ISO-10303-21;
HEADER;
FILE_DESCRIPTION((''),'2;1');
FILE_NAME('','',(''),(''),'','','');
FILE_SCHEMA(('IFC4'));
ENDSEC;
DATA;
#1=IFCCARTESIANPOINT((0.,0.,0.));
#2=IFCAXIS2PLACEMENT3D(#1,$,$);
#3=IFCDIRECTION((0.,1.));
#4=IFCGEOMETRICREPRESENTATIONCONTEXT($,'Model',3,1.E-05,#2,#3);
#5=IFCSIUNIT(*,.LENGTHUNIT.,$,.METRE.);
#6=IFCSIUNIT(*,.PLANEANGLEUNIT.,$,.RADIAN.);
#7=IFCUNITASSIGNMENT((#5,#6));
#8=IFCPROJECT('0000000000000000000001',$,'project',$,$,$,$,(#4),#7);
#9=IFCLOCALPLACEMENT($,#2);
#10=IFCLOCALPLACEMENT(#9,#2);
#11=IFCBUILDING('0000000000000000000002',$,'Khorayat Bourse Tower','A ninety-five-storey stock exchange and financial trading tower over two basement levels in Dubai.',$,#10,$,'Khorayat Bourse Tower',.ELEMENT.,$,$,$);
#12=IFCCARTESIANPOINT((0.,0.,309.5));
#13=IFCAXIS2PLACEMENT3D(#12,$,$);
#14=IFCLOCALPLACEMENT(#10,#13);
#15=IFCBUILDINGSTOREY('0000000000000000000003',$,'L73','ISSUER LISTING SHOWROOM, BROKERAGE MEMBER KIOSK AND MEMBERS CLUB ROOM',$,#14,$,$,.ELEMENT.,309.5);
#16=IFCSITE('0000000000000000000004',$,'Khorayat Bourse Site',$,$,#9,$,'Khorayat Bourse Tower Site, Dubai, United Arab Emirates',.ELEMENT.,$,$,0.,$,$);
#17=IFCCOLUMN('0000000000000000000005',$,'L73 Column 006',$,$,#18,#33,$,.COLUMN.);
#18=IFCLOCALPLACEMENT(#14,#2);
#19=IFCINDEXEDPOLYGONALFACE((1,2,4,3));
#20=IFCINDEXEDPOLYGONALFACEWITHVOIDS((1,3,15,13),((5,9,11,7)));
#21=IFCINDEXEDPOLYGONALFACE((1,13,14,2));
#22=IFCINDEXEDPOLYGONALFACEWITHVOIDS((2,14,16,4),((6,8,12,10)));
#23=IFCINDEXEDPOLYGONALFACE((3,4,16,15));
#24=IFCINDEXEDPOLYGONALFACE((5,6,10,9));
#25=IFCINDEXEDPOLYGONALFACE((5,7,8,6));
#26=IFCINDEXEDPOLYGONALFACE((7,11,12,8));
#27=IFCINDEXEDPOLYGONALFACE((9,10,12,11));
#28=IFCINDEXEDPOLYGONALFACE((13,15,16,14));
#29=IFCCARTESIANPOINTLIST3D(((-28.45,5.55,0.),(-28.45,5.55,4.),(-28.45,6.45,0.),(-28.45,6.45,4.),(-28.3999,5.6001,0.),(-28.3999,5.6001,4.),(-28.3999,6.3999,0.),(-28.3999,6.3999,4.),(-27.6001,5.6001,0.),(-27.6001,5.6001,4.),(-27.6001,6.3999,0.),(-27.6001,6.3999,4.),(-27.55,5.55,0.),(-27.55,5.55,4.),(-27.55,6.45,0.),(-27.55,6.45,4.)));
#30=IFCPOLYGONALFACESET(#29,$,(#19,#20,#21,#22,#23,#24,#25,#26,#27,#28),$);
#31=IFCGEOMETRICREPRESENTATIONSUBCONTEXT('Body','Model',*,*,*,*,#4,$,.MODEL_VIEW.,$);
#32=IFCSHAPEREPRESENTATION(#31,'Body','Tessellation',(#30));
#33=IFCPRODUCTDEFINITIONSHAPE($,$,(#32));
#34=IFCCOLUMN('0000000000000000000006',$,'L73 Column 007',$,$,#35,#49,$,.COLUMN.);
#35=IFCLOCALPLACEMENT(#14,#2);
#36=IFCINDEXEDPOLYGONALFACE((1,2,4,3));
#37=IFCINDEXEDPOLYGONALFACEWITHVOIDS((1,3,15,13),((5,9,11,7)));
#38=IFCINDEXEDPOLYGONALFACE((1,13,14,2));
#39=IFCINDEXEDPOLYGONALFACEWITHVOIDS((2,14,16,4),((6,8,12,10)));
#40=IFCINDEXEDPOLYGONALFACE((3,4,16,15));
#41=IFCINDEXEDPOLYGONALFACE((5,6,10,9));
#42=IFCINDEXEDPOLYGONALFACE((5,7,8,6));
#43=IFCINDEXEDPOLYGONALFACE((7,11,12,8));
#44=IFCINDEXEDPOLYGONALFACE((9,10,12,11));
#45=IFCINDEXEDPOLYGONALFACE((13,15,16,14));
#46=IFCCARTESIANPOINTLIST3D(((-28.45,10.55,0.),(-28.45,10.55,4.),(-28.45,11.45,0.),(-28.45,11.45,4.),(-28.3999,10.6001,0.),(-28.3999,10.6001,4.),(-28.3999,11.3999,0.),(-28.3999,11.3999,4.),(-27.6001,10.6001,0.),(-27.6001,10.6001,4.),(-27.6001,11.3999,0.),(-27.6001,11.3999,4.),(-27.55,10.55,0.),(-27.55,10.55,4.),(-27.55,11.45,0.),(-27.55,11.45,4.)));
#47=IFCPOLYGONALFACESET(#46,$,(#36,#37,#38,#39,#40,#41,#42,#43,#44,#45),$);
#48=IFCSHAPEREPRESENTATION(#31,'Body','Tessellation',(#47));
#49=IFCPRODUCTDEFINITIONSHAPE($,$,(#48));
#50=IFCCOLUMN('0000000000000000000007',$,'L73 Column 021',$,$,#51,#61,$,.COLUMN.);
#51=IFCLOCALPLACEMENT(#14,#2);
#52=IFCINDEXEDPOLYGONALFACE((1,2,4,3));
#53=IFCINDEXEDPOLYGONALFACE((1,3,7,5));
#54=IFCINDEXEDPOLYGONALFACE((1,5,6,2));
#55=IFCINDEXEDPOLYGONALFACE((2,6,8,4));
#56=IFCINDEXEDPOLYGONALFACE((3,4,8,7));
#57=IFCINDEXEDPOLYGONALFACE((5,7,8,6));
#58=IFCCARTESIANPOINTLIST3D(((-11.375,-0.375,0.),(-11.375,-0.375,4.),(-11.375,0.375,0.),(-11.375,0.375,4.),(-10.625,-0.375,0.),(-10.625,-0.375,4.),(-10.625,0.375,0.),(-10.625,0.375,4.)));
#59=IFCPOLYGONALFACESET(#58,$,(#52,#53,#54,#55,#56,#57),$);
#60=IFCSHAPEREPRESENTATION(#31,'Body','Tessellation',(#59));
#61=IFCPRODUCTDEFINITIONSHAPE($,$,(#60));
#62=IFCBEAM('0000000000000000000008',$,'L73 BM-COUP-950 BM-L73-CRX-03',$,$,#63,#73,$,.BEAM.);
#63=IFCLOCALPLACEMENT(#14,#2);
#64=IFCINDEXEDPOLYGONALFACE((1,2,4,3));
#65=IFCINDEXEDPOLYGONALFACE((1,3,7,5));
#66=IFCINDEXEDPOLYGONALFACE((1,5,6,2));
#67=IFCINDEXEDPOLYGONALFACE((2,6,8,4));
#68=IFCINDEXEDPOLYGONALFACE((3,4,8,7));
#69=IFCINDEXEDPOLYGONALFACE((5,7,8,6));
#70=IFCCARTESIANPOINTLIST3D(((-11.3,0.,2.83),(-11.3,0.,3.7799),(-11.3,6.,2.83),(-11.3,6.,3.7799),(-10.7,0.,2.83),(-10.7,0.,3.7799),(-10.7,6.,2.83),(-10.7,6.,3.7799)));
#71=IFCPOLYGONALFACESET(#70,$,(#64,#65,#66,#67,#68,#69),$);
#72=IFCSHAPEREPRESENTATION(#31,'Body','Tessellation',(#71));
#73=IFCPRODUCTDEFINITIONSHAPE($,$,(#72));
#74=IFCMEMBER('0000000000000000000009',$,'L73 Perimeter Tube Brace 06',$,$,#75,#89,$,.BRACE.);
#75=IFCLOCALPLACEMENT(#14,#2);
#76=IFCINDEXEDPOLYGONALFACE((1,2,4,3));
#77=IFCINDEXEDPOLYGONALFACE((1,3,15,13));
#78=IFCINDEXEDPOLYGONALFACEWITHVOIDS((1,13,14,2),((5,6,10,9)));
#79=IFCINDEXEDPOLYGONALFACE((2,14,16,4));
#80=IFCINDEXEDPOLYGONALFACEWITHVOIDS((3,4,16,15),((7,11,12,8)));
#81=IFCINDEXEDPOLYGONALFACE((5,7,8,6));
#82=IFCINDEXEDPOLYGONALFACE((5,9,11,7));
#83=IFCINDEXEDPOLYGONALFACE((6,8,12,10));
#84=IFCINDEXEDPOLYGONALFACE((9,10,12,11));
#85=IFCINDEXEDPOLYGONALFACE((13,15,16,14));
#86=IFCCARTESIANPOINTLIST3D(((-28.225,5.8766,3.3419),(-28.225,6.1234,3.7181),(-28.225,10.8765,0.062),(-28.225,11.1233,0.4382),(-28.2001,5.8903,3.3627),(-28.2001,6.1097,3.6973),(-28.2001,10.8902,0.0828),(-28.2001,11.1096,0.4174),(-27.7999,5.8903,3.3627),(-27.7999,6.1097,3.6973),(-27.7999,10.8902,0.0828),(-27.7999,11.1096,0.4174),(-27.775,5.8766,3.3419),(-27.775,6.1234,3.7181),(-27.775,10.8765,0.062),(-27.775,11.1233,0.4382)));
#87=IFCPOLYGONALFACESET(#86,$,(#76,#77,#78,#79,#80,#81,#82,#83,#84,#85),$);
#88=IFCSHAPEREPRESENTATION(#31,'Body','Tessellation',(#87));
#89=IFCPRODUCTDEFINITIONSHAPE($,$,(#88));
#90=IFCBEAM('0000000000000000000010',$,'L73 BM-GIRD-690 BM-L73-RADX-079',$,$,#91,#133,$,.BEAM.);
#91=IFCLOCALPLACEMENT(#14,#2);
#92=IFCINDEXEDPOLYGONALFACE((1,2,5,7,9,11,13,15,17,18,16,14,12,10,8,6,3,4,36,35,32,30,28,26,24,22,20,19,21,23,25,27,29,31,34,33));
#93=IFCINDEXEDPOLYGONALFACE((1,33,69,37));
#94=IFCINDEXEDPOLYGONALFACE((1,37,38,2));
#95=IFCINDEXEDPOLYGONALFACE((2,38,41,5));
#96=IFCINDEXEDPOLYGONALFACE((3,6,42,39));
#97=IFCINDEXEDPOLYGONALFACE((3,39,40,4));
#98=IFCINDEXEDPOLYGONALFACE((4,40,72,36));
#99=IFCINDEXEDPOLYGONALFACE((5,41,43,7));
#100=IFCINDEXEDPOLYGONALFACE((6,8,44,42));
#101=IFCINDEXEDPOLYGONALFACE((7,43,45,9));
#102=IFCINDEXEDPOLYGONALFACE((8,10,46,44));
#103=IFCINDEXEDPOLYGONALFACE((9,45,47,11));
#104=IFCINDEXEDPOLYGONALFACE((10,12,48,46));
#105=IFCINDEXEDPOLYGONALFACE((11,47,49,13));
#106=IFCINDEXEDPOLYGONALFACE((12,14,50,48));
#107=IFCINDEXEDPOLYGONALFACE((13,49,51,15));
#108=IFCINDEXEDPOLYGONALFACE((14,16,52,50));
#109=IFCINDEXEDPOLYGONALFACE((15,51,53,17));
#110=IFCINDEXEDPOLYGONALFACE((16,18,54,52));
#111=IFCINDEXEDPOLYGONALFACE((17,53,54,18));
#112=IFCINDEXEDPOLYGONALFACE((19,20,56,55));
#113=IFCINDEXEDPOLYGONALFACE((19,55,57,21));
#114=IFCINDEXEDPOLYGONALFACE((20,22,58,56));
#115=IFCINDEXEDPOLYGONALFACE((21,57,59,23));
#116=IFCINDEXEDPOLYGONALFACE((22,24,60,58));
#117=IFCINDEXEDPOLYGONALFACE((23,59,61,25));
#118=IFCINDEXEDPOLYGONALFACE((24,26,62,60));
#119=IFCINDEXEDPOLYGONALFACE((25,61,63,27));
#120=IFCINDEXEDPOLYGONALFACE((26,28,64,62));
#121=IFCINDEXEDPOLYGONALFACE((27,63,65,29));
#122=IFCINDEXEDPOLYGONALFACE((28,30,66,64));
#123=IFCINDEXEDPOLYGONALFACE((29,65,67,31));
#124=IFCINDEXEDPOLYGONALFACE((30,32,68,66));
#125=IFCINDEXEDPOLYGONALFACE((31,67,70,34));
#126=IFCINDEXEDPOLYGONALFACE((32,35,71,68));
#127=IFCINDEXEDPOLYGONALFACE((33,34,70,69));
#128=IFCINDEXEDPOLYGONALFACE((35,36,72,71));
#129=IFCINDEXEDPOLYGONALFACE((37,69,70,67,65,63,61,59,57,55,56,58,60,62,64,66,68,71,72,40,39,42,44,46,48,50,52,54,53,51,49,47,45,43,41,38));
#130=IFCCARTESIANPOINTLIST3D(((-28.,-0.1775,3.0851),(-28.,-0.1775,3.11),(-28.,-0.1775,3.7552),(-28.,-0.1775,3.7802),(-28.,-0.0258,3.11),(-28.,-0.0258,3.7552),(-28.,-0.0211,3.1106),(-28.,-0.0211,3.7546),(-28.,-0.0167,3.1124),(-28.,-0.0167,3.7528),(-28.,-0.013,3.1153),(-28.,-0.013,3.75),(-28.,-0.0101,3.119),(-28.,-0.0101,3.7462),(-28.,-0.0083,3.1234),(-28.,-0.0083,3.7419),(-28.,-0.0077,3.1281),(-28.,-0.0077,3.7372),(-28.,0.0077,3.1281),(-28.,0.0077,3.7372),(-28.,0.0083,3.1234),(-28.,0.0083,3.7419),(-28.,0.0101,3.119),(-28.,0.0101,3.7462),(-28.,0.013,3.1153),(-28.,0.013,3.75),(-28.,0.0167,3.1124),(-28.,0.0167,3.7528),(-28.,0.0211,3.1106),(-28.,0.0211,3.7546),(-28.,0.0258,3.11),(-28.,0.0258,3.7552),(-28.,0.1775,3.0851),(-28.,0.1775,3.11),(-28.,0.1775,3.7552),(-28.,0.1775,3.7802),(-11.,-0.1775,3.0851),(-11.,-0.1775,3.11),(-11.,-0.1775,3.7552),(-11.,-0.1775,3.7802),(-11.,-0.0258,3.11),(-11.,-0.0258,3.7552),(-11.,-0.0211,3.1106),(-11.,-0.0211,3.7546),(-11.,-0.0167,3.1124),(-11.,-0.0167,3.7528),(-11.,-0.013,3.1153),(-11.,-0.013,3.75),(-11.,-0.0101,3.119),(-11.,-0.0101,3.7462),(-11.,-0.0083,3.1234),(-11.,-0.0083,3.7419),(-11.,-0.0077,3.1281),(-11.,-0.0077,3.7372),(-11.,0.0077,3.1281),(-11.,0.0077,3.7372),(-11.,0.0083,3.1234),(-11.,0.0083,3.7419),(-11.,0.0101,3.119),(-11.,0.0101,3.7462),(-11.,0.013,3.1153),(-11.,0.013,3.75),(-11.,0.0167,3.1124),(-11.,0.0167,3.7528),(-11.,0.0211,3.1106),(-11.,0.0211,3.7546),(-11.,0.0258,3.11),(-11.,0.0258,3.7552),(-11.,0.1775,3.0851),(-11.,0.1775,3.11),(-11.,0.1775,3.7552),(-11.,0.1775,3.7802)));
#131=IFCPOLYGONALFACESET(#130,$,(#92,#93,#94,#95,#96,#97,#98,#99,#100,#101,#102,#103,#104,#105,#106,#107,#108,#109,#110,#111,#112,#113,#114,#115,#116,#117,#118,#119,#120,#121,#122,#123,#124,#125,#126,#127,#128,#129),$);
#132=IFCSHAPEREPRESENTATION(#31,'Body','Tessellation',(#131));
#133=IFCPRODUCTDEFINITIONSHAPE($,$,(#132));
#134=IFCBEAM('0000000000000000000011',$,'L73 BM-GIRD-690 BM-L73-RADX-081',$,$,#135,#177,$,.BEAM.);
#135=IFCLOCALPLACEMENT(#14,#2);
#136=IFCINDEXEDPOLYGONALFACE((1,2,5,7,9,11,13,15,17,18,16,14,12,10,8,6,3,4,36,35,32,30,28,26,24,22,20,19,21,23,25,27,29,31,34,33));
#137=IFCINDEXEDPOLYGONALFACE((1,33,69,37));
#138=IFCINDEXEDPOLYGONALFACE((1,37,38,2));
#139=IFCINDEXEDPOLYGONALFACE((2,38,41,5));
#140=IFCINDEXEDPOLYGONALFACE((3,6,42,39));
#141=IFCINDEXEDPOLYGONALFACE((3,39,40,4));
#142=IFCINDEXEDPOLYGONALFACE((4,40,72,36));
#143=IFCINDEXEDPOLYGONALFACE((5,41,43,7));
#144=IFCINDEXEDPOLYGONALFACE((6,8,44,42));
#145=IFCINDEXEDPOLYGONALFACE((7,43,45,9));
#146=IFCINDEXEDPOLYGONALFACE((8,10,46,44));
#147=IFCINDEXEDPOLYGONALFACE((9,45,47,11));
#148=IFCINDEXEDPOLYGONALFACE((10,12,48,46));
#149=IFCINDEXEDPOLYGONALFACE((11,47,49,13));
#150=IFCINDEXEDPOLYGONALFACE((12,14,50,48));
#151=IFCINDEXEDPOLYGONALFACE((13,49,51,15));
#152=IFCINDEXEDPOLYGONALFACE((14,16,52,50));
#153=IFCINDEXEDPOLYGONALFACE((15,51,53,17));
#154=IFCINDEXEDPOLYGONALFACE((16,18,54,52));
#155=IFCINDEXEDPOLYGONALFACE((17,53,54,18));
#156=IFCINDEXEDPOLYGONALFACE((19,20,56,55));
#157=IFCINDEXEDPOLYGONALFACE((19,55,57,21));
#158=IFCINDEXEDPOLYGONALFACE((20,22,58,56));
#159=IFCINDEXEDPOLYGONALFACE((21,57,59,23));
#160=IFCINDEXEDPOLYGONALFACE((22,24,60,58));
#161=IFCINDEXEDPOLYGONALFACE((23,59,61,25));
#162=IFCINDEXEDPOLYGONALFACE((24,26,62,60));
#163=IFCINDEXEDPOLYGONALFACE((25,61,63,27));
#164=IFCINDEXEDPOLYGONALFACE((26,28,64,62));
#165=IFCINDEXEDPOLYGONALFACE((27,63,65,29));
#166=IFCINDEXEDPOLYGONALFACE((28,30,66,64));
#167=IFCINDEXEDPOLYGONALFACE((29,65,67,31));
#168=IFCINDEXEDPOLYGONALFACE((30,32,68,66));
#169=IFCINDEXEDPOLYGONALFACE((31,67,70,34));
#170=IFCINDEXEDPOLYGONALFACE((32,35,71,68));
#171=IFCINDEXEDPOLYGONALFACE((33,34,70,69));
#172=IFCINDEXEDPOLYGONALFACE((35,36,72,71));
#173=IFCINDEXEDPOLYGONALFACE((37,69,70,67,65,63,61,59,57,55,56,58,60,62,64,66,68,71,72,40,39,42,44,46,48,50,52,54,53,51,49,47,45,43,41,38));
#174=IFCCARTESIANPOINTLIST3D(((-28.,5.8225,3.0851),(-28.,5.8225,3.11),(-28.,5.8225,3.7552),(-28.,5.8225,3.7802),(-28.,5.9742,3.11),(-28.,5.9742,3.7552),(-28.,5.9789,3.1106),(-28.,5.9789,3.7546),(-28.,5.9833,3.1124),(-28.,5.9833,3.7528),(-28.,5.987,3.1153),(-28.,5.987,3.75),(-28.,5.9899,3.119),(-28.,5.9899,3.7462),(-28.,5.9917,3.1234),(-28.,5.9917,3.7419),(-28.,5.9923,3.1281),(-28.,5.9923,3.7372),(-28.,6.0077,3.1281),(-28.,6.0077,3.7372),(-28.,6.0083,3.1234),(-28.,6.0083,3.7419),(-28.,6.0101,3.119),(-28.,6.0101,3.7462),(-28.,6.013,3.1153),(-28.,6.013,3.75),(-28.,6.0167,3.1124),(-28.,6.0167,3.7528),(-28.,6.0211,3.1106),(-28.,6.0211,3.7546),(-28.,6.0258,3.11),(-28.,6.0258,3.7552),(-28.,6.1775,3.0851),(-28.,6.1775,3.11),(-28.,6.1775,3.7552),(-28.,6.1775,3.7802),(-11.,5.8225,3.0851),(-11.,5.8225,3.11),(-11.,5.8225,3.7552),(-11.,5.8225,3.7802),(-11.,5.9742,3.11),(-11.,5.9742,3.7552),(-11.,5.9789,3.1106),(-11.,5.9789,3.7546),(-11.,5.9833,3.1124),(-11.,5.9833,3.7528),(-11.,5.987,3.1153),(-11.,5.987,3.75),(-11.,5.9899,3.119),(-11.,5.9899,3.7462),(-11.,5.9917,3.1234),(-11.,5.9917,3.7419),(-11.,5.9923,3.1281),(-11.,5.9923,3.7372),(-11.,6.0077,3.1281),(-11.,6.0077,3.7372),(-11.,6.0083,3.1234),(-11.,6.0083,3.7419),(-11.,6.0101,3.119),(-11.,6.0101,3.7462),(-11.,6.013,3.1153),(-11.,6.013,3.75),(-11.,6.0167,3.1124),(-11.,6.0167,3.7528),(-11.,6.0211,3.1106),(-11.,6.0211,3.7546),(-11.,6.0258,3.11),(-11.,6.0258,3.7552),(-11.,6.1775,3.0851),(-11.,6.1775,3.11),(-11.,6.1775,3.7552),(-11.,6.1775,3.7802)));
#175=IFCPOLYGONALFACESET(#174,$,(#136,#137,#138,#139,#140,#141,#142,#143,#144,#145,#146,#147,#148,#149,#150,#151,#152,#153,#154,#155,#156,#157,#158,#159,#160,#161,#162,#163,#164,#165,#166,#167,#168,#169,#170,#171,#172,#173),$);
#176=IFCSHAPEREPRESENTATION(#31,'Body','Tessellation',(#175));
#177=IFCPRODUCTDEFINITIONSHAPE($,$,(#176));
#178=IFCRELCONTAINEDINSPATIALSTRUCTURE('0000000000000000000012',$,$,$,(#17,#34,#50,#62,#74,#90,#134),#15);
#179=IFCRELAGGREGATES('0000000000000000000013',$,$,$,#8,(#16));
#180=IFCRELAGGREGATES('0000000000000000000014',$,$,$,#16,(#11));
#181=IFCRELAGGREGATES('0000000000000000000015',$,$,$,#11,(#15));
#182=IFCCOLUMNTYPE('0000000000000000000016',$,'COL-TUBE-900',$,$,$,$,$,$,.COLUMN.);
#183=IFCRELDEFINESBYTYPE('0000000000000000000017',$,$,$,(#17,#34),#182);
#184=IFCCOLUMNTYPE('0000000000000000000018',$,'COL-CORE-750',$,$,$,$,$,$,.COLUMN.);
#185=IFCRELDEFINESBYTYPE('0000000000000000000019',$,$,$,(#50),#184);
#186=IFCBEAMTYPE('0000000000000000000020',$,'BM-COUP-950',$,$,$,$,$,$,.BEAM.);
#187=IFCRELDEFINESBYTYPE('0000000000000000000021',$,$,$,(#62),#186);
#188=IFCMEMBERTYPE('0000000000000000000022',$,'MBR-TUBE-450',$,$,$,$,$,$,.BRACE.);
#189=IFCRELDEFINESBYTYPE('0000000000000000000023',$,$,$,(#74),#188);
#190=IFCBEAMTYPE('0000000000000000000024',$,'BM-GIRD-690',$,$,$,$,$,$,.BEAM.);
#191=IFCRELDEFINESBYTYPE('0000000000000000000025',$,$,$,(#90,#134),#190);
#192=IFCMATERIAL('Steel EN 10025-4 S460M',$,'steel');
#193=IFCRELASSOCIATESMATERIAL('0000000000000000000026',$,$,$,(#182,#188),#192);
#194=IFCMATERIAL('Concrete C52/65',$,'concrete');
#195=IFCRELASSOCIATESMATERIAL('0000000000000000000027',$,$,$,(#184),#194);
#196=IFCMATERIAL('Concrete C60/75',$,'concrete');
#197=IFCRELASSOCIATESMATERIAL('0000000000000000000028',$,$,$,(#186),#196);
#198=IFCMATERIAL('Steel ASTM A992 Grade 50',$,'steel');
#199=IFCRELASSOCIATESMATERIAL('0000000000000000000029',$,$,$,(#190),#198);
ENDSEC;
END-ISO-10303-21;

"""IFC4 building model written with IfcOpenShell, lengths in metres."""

from ifc_helpers import new_model, si_unit, direction, frame, origin, origin_2d, place, context, subcontext, project, spatial, rectangle, hollow_rectangle, i_section, extrude, source, transform, mapped, material, material_profile, profile_set, type_object, element, save


model = new_model("IFC4")

# Units and contexts
model_context = context("Model", 3, precision=1e-05, world=origin(), true_north=direction((0.0, 1.0)))
body_context = subcontext(model_context, "Body", "Model", "MODEL_VIEW")
ifc_project = project(units=[si_unit("LENGTHUNIT", "METRE"), si_unit("PLANEANGLEUNIT", "RADIAN")], contexts=[model_context])

# Site, building, storey
site_placement = place(None, origin())
site = spatial("IfcSite", under=ifc_project, at=site_placement, Name="Khorayat Bourse Site", LongName="Khorayat Bourse Tower Site, Dubai, United Arab Emirates", CompositionType="ELEMENT", RefElevation=0.0)
building_placement = place(site_placement, origin())
building = spatial("IfcBuilding", under=site, at=building_placement, Name="Khorayat Bourse Tower", Description="A ninety-five-storey stock exchange and financial trading tower over two basement levels in Dubai.", LongName="Khorayat Bourse Tower", CompositionType="ELEMENT")
storey_placement = place(building_placement, frame((0.0, 0.0, 309.5)))
storey = spatial("IfcBuildingStorey", under=building, at=storey_placement, Name="L73", Description="ISSUER LISTING SHOWROOM, BROKERAGE MEMBER KIOSK AND MEMBERS CLUB ROOM", CompositionType="ELEMENT", Elevation=309.5)

# Columns
ifc_material_1 = material(Name="Steel EN 10025-4 S460M", Category="steel")
ifc_material_profile_1 = material_profile(ifc_material_1, hollow_rectangle(XDim=0.8999, YDim=0.8999, WallThickness=0.05, at=origin_2d()), Name="BOX 900x900x50")
ifc_profile_set_1 = profile_set([ifc_material_profile_1], Name="Steel EN 10025-4 S460M")
column_type_1 = type_object("IfcColumnType", Name="COL-TUBE-900", PredefinedType="COLUMN", material=ifc_profile_set_1)
shared_shape_1 = source(origin(), body_context, "Body", "SweptSolid", [
    extrude(hollow_rectangle(XDim=0.8999, YDim=0.8999, WallThickness=0.05, at=origin_2d()), origin(), (0.0, 0.0, 1.0), 4.0),
])
for number, where, z_axis, x_axis, name in (
    (1, (-28.0, 6.0, 0.0), (0.0, 0.0, 1.0), (1.0, 0.0, 0.0), "L73 Column 006"),
    (2, (-28.0, 11.0, 0.0), (0.0, 0.0, 1.0), (1.0, 0.0, 0.0), "L73 Column 007"),
):
    element("IfcColumn", number, at=place(storey_placement, frame(where, z_axis=z_axis, x_axis=x_axis)), inside=storey, type_object=column_type_1, Name=name, PredefinedType="COLUMN", context=body_context, shape_type="MappedRepresentation", body=[
        mapped(shared_shape_1, transform((0.0, 0.0, 0.0), scale=1.0)),
    ])
ifc_material_2 = material(Name="Concrete C52/65", Category="concrete")
ifc_material_profile_2 = material_profile(ifc_material_2, rectangle(XDim=0.75, YDim=0.75, at=origin_2d()), Name="RC 750x750")
ifc_profile_set_2 = profile_set([ifc_material_profile_2], Name="Concrete C52/65")
column_type_2 = type_object("IfcColumnType", Name="COL-CORE-750", PredefinedType="COLUMN", material=ifc_profile_set_2)
shared_shape_2 = source(origin(), body_context, "Body", "SweptSolid", [
    extrude(rectangle(XDim=0.75, YDim=0.75, at=origin_2d()), origin(), (0.0, 0.0, 1.0), 4.0),
])
column_placement = place(storey_placement, frame((-11.0, 0.0, 0.0), z_axis=(0.0, 0.0, 1.0), x_axis=(1.0, 0.0, 0.0)))
element("IfcColumn", 3, at=column_placement, inside=storey, type_object=column_type_2, Name="L73 Column 021", PredefinedType="COLUMN", context=body_context, shape_type="MappedRepresentation", body=[
    mapped(shared_shape_2, transform((0.0, 0.0, 0.0), scale=1.0)),
])

# Beam
ifc_material_3 = material(Name="Concrete C60/75", Category="concrete")
ifc_material_profile_3 = material_profile(ifc_material_3, rectangle(XDim=0.6001, YDim=0.95, at=origin_2d()), Name="RC 600x950")
ifc_profile_set_3 = profile_set([ifc_material_profile_3], Name="Concrete C60/75")
beam_type_1 = type_object("IfcBeamType", Name="BM-COUP-950", PredefinedType="BEAM", material=ifc_profile_set_3)
shared_shape_3 = source(origin(), body_context, "Body", "SweptSolid", [
    extrude(rectangle(XDim=0.6001, YDim=0.95, at=origin_2d()), origin(), (0.0, 0.0, 1.0), 6.0),
])
beam_1_placement = place(storey_placement, frame((-11.0, 0.0, 3.3049), z_axis=(0.0, 1.0, 0.0), x_axis=(-1.0, 0.0, 0.0)))
element("IfcBeam", 4, at=beam_1_placement, inside=storey, type_object=beam_type_1, Name="L73 BM-COUP-950 BM-L73-CRX-03", PredefinedType="BEAM", context=body_context, shape_type="MappedRepresentation", body=[
    mapped(shared_shape_3, transform((0.0, 0.0, 0.0), scale=1.0)),
])

# Member
ifc_material_profile_4 = material_profile(ifc_material_1, hollow_rectangle(XDim=0.45, YDim=0.45, WallThickness=0.0249, at=origin_2d()), Name="HSS 450x450x25")
ifc_profile_set_4 = profile_set([ifc_material_profile_4], Name="Steel EN 10025-4 S460M")
member_type_1 = type_object("IfcMemberType", Name="MBR-TUBE-450", PredefinedType="BRACE", material=ifc_profile_set_4)
shared_shape_4 = source(origin(), body_context, "Body", "SweptSolid", [
    extrude(hollow_rectangle(XDim=0.45, YDim=0.45, WallThickness=0.0249, at=origin_2d()), origin(), (0.0, 0.0, 1.0), 5.9797),
])
member_1_placement = place(storey_placement, frame((-28.0, 6.0, 3.53), z_axis=(0.0, 0.836142, -0.548514), x_axis=(-1.0, 0.0, 0.0)))
element("IfcMember", 5, at=member_1_placement, inside=storey, type_object=member_type_1, Name="L73 Perimeter Tube Brace 06", PredefinedType="BRACE", context=body_context, shape_type="MappedRepresentation", body=[
    mapped(shared_shape_4, transform((0.0, 0.0, 0.0), scale=1.0)),
])

# Beams
ifc_material_4 = material(Name="Steel ASTM A992 Grade 50", Category="steel")
ifc_material_profile_5 = material_profile(ifc_material_4, i_section(OverallWidth=0.355, OverallDepth=0.6951, WebThickness=0.0154, FlangeThickness=0.0249, FilletRadius=0.0181, at=origin_2d()), Name="W690X217")
ifc_profile_set_5 = profile_set([ifc_material_profile_5], Name="Steel ASTM A992 Grade 50")
beam_type_2 = type_object("IfcBeamType", Name="BM-GIRD-690", PredefinedType="BEAM", material=ifc_profile_set_5)
shared_shape_5 = source(origin(), body_context, "Body", "SweptSolid", [
    extrude(i_section(OverallWidth=0.355, OverallDepth=0.6951, WebThickness=0.0154, FlangeThickness=0.0249, FilletRadius=0.0181, at=origin_2d()), origin(), (0.0, 0.0, 1.0), 17.0),
])
for number, where, z_axis, x_axis, name in (
    (6, (-28.0, 0.0, 3.4326), (1.0, 0.0, 0.0), (0.0, 1.0, 0.0), "L73 BM-GIRD-690 BM-L73-RADX-079"),
    (7, (-28.0, 6.0, 3.4326), (1.0, 0.0, 0.0), (0.0, 1.0, 0.0), "L73 BM-GIRD-690 BM-L73-RADX-081"),
):
    element("IfcBeam", number, at=place(storey_placement, frame(where, z_axis=z_axis, x_axis=x_axis)), inside=storey, type_object=beam_type_2, Name=name, PredefinedType="BEAM", context=body_context, shape_type="MappedRepresentation", body=[
        mapped(shared_shape_5, transform((0.0, 0.0, 0.0), scale=1.0)),
    ])

save(model, "model.ifc")
